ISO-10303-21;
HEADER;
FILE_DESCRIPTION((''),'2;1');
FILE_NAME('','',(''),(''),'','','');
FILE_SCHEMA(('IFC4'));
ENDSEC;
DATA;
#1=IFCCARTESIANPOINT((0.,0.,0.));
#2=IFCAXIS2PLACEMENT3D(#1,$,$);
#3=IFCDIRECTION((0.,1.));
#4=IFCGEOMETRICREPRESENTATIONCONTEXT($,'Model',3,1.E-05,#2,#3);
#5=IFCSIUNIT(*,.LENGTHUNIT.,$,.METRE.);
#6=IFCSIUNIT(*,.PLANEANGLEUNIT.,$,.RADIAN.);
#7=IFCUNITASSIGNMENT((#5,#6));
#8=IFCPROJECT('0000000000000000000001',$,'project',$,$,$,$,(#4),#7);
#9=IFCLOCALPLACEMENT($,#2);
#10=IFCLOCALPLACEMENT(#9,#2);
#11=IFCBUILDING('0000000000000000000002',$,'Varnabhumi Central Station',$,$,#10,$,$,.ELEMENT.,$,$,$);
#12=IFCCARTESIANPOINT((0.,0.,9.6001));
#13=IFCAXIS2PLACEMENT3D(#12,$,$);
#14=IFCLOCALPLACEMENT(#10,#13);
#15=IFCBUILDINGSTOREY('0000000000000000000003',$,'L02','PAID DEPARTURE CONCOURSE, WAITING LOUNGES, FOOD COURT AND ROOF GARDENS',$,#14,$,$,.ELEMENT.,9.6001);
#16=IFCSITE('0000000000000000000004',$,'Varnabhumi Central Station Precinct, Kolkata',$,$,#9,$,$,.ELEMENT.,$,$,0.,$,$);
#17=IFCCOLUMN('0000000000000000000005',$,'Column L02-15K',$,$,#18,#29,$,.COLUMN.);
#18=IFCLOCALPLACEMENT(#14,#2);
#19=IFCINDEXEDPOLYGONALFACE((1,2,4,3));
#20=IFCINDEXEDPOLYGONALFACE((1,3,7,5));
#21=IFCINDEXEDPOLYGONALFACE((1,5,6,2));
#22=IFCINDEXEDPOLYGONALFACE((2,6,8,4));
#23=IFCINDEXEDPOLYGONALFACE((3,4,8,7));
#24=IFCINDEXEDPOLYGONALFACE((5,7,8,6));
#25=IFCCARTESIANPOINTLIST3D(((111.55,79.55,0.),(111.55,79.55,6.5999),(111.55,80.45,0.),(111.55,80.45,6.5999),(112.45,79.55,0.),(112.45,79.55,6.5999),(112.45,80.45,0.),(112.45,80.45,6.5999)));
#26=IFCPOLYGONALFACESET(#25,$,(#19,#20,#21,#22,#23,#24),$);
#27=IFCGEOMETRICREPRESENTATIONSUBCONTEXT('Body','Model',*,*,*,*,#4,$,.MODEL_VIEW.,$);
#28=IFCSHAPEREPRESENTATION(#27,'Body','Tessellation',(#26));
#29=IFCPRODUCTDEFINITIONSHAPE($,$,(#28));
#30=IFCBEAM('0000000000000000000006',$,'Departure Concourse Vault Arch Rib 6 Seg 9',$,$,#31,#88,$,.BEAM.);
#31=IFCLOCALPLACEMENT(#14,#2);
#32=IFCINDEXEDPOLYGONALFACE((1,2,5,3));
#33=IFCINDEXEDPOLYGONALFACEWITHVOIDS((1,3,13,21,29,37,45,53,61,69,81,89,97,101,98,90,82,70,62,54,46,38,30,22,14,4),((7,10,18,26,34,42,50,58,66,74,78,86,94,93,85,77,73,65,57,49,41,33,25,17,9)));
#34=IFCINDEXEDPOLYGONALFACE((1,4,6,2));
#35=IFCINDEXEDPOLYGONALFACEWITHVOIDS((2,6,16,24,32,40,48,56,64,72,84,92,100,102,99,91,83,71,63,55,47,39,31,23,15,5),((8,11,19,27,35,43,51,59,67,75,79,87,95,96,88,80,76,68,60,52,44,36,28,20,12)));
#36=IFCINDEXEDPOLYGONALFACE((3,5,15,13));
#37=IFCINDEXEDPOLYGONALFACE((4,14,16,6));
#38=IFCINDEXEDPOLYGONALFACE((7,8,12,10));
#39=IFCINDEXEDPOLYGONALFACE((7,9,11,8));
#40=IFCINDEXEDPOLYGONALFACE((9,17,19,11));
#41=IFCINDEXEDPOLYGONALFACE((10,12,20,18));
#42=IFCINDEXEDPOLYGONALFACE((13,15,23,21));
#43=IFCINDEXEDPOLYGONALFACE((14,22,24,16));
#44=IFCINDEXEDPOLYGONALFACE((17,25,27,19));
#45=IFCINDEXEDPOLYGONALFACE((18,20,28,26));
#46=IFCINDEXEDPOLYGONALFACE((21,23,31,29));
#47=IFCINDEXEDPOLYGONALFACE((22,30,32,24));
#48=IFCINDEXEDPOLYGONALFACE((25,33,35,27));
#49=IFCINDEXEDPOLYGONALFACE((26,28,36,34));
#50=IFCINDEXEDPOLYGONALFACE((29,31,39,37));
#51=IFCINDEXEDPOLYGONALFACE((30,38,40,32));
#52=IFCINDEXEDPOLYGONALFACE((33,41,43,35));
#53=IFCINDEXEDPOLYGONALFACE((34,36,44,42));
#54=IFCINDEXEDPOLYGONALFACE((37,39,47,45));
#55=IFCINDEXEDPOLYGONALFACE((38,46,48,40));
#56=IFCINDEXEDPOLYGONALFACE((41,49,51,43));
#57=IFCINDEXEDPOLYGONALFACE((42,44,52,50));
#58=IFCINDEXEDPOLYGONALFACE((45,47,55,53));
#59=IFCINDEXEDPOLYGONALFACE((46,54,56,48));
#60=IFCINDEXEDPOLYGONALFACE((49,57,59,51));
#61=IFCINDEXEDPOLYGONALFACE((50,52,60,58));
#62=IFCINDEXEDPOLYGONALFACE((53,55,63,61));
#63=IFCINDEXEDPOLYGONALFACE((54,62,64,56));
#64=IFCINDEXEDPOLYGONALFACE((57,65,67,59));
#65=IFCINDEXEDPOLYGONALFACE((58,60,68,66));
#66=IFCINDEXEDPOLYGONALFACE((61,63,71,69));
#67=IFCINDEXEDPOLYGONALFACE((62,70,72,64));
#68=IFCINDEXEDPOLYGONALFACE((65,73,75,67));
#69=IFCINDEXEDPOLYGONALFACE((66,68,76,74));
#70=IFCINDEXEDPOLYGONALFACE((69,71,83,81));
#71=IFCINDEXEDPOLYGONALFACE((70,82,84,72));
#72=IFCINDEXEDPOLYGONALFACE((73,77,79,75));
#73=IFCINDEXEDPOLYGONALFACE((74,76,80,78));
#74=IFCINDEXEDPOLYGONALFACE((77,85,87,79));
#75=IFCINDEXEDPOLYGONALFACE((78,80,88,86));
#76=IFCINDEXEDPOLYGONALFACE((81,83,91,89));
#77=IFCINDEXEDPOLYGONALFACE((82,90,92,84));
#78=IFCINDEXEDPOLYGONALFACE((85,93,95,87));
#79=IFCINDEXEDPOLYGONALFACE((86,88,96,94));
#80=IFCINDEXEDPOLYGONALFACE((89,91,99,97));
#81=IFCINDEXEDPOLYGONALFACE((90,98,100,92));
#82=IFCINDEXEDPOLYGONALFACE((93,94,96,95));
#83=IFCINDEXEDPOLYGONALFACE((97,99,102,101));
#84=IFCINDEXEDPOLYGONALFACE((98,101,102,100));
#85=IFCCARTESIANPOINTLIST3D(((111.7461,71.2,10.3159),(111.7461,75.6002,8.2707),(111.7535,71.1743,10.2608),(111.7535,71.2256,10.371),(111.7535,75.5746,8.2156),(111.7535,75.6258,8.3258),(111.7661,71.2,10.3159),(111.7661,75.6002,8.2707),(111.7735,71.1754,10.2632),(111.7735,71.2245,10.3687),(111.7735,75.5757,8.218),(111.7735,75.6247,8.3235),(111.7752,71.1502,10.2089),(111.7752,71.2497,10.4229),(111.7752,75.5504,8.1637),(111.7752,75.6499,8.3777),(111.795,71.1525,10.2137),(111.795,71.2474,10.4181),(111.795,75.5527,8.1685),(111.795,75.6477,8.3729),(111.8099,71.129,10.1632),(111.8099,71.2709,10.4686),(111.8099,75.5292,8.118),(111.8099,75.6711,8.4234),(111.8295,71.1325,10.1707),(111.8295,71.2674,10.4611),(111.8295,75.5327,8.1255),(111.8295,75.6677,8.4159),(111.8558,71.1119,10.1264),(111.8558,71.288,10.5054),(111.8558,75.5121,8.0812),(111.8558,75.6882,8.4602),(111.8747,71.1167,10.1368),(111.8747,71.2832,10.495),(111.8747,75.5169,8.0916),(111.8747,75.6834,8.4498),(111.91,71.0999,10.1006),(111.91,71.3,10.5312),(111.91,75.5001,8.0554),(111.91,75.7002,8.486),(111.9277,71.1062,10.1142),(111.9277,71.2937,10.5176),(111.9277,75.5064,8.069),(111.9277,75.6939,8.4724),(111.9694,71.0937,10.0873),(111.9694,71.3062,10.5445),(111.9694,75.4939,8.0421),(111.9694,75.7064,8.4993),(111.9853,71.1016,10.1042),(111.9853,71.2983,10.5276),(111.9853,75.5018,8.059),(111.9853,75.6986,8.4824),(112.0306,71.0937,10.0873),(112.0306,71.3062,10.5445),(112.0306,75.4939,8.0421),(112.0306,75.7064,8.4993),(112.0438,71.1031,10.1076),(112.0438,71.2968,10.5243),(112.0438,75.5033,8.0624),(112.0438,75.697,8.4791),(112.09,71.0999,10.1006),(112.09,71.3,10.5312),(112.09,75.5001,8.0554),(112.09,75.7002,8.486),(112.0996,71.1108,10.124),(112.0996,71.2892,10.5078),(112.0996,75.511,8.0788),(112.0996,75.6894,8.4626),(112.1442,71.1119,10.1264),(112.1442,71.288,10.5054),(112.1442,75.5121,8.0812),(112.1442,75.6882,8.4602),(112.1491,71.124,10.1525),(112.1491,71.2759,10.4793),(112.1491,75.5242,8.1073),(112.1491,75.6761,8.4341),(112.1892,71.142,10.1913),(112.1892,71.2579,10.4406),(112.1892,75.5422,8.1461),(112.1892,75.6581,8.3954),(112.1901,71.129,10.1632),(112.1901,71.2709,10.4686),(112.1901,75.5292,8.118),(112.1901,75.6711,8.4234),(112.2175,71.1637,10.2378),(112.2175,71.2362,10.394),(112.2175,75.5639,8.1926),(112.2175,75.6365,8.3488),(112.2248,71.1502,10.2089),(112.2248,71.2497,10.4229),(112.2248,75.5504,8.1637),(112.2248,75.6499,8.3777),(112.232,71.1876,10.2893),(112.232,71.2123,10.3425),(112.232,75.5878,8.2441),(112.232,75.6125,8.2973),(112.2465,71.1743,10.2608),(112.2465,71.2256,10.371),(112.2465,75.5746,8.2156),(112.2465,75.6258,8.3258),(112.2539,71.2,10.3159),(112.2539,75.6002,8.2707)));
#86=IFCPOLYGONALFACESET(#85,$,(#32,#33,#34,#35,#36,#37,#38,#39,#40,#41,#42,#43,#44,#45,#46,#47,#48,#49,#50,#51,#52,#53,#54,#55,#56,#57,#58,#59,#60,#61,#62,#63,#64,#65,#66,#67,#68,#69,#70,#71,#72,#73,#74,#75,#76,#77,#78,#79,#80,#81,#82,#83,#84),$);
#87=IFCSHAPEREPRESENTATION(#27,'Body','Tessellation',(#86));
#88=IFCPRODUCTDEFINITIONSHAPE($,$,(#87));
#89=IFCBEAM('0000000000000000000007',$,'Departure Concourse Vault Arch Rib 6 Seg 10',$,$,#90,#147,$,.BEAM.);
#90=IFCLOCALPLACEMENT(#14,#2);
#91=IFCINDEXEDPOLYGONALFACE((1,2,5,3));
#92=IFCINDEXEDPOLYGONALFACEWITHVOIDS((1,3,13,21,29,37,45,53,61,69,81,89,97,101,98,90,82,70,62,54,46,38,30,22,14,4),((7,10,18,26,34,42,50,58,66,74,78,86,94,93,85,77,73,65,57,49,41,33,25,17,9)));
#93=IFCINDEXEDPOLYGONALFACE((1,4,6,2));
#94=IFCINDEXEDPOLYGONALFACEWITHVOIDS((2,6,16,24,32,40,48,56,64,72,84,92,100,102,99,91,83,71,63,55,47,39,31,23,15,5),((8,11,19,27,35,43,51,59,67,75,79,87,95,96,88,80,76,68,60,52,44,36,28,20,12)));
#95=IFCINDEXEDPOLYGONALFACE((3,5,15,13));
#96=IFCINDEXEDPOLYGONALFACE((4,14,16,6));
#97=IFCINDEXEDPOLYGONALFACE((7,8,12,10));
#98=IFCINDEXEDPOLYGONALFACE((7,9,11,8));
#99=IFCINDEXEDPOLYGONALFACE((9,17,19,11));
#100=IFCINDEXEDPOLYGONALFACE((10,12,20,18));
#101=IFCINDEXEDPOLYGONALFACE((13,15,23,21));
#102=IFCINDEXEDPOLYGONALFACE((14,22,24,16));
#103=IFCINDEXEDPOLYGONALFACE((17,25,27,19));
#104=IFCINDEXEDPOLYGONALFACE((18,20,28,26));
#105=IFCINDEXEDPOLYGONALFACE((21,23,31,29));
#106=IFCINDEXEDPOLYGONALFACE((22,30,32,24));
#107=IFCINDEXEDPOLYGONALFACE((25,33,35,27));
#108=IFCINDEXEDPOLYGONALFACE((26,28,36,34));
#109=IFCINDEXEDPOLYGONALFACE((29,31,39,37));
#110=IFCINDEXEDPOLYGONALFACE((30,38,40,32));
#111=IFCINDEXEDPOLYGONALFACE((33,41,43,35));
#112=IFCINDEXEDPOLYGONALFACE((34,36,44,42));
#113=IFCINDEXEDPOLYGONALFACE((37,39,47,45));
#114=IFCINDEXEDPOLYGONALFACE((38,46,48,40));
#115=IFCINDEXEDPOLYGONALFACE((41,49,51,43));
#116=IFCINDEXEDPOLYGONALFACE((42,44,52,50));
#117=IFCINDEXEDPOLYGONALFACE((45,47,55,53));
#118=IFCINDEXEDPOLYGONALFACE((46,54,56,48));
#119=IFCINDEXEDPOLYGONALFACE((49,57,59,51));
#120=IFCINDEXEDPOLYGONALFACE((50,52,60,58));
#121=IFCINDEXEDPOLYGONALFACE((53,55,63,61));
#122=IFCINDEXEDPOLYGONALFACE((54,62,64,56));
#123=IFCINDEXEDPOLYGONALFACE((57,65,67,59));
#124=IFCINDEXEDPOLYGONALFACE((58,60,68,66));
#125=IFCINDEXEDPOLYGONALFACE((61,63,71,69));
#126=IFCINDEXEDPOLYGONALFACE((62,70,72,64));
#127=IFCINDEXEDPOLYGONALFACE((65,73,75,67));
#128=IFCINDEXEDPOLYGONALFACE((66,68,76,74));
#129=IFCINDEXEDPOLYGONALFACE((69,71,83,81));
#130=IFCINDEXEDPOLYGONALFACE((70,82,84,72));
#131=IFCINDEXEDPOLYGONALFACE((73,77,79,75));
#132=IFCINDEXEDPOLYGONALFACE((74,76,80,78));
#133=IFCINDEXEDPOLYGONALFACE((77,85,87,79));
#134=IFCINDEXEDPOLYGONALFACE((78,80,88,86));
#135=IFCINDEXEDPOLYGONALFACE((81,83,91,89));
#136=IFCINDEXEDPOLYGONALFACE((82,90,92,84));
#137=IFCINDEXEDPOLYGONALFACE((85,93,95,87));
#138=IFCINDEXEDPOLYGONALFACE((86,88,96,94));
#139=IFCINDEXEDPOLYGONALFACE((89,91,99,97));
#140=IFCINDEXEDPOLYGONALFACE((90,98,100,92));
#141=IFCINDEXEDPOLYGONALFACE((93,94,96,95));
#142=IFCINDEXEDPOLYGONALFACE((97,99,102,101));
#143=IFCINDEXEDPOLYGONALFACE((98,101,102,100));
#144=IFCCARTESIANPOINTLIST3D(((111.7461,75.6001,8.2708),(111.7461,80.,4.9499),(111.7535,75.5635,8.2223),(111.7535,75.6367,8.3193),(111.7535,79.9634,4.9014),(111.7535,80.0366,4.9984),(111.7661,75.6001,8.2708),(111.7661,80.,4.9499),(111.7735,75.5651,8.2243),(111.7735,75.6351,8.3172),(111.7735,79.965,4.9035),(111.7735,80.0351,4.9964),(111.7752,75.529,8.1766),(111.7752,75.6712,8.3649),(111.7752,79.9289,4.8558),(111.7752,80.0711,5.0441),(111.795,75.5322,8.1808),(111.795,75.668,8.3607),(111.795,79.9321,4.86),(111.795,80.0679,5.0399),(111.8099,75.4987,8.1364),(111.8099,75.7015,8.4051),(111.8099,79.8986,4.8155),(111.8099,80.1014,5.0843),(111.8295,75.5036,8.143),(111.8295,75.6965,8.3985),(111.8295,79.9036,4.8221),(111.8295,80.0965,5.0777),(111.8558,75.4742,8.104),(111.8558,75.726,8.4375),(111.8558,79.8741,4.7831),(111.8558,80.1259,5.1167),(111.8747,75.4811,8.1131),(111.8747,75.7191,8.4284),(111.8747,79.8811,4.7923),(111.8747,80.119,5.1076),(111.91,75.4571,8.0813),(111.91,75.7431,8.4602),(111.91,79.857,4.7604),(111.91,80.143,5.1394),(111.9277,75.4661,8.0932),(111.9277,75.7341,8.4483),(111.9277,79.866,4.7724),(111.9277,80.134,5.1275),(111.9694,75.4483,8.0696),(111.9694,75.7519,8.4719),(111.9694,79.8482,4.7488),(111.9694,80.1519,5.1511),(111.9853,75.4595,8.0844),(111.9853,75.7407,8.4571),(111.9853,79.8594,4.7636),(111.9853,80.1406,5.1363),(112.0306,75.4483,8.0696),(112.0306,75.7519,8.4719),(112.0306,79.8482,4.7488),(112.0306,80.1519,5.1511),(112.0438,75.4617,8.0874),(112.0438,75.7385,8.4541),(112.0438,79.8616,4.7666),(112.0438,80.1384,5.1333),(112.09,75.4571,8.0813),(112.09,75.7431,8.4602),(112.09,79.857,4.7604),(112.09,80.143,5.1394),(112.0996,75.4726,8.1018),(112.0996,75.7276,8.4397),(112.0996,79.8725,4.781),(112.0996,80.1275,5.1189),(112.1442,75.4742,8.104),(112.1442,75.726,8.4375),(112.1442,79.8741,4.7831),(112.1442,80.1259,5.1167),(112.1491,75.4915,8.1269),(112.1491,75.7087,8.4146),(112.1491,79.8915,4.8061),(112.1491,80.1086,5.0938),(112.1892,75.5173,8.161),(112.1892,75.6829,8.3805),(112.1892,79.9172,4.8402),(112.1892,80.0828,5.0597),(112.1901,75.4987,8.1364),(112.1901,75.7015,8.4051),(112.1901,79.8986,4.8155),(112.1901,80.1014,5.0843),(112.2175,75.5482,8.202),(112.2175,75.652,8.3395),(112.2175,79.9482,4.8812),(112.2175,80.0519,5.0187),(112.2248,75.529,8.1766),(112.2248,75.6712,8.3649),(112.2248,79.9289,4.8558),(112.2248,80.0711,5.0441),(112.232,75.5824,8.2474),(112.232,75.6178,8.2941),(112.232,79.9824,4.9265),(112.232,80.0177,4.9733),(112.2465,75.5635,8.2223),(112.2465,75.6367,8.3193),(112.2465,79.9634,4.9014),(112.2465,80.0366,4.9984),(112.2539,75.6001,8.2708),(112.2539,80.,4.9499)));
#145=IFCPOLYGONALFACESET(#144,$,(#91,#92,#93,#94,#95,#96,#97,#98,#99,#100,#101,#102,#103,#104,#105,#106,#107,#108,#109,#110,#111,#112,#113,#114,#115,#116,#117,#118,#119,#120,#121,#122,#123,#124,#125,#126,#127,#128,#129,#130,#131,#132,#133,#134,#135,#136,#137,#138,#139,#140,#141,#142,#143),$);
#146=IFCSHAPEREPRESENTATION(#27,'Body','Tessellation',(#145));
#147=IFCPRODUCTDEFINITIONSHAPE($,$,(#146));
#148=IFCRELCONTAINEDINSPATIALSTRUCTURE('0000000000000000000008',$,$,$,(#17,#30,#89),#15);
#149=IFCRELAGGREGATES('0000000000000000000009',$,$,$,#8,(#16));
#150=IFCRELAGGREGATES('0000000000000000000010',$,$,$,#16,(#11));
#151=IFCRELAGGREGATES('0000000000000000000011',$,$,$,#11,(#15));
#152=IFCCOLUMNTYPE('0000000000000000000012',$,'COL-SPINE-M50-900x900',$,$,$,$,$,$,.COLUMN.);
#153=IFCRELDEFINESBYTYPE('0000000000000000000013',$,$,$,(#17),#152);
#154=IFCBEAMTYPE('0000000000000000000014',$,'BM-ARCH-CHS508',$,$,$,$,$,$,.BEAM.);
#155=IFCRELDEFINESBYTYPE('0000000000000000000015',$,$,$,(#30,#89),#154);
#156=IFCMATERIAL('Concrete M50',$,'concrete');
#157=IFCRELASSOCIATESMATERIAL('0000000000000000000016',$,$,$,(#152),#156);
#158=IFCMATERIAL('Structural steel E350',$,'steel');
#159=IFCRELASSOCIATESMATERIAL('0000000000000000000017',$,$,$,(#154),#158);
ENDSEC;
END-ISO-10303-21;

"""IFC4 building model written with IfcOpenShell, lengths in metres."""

from ifc_helpers import new_model, si_unit, direction, frame, origin, origin_2d, place, context, subcontext, project, spatial, rectangle, hollow_circle, extrude, material, material_profile, profile_set, type_object, element, save


model = new_model("IFC4")

# Units and contexts
model_context = context("Model", 3, precision=1e-05, world=origin(), true_north=direction((0.0, 1.0)))
body_context = subcontext(model_context, "Body", "Model", "MODEL_VIEW")
ifc_project = project(units=[si_unit("LENGTHUNIT", "METRE"), si_unit("PLANEANGLEUNIT", "RADIAN")], contexts=[model_context])

# Site, building, storey
site_placement = place(None, origin())
site = spatial("IfcSite", under=ifc_project, at=site_placement, Name="Varnabhumi Central Station Precinct, Kolkata", CompositionType="ELEMENT", RefElevation=0.0)
building_placement = place(site_placement, origin())
building = spatial("IfcBuilding", under=site, at=building_placement, Name="Varnabhumi Central Station", CompositionType="ELEMENT")
storey_placement = place(building_placement, frame((0.0, 0.0, 9.6001)))
storey = spatial("IfcBuildingStorey", under=building, at=storey_placement, Name="L02", Description="PAID DEPARTURE CONCOURSE, WAITING LOUNGES, FOOD COURT AND ROOF GARDENS", CompositionType="ELEMENT", Elevation=9.6001)

# Column
ifc_material_1 = material(Name="Concrete M50", Category="concrete")
ifc_material_profile_1 = material_profile(ifc_material_1, rectangle(XDim=0.8999, YDim=0.8999, at=origin_2d()), Name="Concrete M50", Category="concrete")
ifc_profile_set_1 = profile_set([ifc_material_profile_1], Name="Concrete M50")
column_type = type_object("IfcColumnType", Name="COL-SPINE-M50-900x900", PredefinedType="COLUMN", material=ifc_profile_set_1)
column_placement = place(storey_placement, frame((112.0, 80.0, 0.0), z_axis=(0.0, 0.0, 1.0), x_axis=(1.0, 0.0, 0.0)))
element("IfcColumn", 1, at=column_placement, inside=storey, type_object=column_type, Name="Column L02-15K", PredefinedType="COLUMN", context=body_context, shape_type="SweptSolid", body=[
    extrude(rectangle(XDim=0.8999, YDim=0.8999, at=origin_2d()), origin(), (0.0, 0.0, 1.0), 6.5999),
])

# Beams
ifc_material_2 = material(Name="Structural steel E350", Category="steel")
ifc_material_profile_2 = material_profile(ifc_material_2, hollow_circle(Radius=0.2539, WallThickness=0.02, at=origin_2d()), Name="Structural steel E350", Category="steel")
ifc_profile_set_2 = profile_set([ifc_material_profile_2], Name="Structural steel E350")
beam_type_1 = type_object("IfcBeamType", Name="BM-ARCH-CHS508", PredefinedType="BEAM", material=ifc_profile_set_2)
beam_1_placement = place(storey_placement, frame((112.0, 71.2, 10.3159), z_axis=(0.0, 0.906832, -0.421491), x_axis=(-1.0, 0.0, 0.0)))
element("IfcBeam", 2, at=beam_1_placement, inside=storey, type_object=beam_type_1, Name="Departure Concourse Vault Arch Rib 6 Seg 9", PredefinedType="BEAM", context=body_context, shape_type="SweptSolid", body=[
    extrude(hollow_circle(Radius=0.2539, WallThickness=0.02, at=origin_2d()), origin(), (0.0, 0.0, 1.0), 4.8523),
])
beam_2_placement = place(storey_placement, frame((112.0, 75.6001, 8.2708), z_axis=(0.0, 0.798179, -0.602421), x_axis=(-1.0, 0.0, 0.0)))
element("IfcBeam", 3, at=beam_2_placement, inside=storey, type_object=beam_type_1, Name="Departure Concourse Vault Arch Rib 6 Seg 10", PredefinedType="BEAM", context=body_context, shape_type="SweptSolid", body=[
    extrude(hollow_circle(Radius=0.2539, WallThickness=0.02, at=origin_2d()), origin(), (0.0, 0.0, 1.0), 5.5125),
])

save(model, "model.ifc")
